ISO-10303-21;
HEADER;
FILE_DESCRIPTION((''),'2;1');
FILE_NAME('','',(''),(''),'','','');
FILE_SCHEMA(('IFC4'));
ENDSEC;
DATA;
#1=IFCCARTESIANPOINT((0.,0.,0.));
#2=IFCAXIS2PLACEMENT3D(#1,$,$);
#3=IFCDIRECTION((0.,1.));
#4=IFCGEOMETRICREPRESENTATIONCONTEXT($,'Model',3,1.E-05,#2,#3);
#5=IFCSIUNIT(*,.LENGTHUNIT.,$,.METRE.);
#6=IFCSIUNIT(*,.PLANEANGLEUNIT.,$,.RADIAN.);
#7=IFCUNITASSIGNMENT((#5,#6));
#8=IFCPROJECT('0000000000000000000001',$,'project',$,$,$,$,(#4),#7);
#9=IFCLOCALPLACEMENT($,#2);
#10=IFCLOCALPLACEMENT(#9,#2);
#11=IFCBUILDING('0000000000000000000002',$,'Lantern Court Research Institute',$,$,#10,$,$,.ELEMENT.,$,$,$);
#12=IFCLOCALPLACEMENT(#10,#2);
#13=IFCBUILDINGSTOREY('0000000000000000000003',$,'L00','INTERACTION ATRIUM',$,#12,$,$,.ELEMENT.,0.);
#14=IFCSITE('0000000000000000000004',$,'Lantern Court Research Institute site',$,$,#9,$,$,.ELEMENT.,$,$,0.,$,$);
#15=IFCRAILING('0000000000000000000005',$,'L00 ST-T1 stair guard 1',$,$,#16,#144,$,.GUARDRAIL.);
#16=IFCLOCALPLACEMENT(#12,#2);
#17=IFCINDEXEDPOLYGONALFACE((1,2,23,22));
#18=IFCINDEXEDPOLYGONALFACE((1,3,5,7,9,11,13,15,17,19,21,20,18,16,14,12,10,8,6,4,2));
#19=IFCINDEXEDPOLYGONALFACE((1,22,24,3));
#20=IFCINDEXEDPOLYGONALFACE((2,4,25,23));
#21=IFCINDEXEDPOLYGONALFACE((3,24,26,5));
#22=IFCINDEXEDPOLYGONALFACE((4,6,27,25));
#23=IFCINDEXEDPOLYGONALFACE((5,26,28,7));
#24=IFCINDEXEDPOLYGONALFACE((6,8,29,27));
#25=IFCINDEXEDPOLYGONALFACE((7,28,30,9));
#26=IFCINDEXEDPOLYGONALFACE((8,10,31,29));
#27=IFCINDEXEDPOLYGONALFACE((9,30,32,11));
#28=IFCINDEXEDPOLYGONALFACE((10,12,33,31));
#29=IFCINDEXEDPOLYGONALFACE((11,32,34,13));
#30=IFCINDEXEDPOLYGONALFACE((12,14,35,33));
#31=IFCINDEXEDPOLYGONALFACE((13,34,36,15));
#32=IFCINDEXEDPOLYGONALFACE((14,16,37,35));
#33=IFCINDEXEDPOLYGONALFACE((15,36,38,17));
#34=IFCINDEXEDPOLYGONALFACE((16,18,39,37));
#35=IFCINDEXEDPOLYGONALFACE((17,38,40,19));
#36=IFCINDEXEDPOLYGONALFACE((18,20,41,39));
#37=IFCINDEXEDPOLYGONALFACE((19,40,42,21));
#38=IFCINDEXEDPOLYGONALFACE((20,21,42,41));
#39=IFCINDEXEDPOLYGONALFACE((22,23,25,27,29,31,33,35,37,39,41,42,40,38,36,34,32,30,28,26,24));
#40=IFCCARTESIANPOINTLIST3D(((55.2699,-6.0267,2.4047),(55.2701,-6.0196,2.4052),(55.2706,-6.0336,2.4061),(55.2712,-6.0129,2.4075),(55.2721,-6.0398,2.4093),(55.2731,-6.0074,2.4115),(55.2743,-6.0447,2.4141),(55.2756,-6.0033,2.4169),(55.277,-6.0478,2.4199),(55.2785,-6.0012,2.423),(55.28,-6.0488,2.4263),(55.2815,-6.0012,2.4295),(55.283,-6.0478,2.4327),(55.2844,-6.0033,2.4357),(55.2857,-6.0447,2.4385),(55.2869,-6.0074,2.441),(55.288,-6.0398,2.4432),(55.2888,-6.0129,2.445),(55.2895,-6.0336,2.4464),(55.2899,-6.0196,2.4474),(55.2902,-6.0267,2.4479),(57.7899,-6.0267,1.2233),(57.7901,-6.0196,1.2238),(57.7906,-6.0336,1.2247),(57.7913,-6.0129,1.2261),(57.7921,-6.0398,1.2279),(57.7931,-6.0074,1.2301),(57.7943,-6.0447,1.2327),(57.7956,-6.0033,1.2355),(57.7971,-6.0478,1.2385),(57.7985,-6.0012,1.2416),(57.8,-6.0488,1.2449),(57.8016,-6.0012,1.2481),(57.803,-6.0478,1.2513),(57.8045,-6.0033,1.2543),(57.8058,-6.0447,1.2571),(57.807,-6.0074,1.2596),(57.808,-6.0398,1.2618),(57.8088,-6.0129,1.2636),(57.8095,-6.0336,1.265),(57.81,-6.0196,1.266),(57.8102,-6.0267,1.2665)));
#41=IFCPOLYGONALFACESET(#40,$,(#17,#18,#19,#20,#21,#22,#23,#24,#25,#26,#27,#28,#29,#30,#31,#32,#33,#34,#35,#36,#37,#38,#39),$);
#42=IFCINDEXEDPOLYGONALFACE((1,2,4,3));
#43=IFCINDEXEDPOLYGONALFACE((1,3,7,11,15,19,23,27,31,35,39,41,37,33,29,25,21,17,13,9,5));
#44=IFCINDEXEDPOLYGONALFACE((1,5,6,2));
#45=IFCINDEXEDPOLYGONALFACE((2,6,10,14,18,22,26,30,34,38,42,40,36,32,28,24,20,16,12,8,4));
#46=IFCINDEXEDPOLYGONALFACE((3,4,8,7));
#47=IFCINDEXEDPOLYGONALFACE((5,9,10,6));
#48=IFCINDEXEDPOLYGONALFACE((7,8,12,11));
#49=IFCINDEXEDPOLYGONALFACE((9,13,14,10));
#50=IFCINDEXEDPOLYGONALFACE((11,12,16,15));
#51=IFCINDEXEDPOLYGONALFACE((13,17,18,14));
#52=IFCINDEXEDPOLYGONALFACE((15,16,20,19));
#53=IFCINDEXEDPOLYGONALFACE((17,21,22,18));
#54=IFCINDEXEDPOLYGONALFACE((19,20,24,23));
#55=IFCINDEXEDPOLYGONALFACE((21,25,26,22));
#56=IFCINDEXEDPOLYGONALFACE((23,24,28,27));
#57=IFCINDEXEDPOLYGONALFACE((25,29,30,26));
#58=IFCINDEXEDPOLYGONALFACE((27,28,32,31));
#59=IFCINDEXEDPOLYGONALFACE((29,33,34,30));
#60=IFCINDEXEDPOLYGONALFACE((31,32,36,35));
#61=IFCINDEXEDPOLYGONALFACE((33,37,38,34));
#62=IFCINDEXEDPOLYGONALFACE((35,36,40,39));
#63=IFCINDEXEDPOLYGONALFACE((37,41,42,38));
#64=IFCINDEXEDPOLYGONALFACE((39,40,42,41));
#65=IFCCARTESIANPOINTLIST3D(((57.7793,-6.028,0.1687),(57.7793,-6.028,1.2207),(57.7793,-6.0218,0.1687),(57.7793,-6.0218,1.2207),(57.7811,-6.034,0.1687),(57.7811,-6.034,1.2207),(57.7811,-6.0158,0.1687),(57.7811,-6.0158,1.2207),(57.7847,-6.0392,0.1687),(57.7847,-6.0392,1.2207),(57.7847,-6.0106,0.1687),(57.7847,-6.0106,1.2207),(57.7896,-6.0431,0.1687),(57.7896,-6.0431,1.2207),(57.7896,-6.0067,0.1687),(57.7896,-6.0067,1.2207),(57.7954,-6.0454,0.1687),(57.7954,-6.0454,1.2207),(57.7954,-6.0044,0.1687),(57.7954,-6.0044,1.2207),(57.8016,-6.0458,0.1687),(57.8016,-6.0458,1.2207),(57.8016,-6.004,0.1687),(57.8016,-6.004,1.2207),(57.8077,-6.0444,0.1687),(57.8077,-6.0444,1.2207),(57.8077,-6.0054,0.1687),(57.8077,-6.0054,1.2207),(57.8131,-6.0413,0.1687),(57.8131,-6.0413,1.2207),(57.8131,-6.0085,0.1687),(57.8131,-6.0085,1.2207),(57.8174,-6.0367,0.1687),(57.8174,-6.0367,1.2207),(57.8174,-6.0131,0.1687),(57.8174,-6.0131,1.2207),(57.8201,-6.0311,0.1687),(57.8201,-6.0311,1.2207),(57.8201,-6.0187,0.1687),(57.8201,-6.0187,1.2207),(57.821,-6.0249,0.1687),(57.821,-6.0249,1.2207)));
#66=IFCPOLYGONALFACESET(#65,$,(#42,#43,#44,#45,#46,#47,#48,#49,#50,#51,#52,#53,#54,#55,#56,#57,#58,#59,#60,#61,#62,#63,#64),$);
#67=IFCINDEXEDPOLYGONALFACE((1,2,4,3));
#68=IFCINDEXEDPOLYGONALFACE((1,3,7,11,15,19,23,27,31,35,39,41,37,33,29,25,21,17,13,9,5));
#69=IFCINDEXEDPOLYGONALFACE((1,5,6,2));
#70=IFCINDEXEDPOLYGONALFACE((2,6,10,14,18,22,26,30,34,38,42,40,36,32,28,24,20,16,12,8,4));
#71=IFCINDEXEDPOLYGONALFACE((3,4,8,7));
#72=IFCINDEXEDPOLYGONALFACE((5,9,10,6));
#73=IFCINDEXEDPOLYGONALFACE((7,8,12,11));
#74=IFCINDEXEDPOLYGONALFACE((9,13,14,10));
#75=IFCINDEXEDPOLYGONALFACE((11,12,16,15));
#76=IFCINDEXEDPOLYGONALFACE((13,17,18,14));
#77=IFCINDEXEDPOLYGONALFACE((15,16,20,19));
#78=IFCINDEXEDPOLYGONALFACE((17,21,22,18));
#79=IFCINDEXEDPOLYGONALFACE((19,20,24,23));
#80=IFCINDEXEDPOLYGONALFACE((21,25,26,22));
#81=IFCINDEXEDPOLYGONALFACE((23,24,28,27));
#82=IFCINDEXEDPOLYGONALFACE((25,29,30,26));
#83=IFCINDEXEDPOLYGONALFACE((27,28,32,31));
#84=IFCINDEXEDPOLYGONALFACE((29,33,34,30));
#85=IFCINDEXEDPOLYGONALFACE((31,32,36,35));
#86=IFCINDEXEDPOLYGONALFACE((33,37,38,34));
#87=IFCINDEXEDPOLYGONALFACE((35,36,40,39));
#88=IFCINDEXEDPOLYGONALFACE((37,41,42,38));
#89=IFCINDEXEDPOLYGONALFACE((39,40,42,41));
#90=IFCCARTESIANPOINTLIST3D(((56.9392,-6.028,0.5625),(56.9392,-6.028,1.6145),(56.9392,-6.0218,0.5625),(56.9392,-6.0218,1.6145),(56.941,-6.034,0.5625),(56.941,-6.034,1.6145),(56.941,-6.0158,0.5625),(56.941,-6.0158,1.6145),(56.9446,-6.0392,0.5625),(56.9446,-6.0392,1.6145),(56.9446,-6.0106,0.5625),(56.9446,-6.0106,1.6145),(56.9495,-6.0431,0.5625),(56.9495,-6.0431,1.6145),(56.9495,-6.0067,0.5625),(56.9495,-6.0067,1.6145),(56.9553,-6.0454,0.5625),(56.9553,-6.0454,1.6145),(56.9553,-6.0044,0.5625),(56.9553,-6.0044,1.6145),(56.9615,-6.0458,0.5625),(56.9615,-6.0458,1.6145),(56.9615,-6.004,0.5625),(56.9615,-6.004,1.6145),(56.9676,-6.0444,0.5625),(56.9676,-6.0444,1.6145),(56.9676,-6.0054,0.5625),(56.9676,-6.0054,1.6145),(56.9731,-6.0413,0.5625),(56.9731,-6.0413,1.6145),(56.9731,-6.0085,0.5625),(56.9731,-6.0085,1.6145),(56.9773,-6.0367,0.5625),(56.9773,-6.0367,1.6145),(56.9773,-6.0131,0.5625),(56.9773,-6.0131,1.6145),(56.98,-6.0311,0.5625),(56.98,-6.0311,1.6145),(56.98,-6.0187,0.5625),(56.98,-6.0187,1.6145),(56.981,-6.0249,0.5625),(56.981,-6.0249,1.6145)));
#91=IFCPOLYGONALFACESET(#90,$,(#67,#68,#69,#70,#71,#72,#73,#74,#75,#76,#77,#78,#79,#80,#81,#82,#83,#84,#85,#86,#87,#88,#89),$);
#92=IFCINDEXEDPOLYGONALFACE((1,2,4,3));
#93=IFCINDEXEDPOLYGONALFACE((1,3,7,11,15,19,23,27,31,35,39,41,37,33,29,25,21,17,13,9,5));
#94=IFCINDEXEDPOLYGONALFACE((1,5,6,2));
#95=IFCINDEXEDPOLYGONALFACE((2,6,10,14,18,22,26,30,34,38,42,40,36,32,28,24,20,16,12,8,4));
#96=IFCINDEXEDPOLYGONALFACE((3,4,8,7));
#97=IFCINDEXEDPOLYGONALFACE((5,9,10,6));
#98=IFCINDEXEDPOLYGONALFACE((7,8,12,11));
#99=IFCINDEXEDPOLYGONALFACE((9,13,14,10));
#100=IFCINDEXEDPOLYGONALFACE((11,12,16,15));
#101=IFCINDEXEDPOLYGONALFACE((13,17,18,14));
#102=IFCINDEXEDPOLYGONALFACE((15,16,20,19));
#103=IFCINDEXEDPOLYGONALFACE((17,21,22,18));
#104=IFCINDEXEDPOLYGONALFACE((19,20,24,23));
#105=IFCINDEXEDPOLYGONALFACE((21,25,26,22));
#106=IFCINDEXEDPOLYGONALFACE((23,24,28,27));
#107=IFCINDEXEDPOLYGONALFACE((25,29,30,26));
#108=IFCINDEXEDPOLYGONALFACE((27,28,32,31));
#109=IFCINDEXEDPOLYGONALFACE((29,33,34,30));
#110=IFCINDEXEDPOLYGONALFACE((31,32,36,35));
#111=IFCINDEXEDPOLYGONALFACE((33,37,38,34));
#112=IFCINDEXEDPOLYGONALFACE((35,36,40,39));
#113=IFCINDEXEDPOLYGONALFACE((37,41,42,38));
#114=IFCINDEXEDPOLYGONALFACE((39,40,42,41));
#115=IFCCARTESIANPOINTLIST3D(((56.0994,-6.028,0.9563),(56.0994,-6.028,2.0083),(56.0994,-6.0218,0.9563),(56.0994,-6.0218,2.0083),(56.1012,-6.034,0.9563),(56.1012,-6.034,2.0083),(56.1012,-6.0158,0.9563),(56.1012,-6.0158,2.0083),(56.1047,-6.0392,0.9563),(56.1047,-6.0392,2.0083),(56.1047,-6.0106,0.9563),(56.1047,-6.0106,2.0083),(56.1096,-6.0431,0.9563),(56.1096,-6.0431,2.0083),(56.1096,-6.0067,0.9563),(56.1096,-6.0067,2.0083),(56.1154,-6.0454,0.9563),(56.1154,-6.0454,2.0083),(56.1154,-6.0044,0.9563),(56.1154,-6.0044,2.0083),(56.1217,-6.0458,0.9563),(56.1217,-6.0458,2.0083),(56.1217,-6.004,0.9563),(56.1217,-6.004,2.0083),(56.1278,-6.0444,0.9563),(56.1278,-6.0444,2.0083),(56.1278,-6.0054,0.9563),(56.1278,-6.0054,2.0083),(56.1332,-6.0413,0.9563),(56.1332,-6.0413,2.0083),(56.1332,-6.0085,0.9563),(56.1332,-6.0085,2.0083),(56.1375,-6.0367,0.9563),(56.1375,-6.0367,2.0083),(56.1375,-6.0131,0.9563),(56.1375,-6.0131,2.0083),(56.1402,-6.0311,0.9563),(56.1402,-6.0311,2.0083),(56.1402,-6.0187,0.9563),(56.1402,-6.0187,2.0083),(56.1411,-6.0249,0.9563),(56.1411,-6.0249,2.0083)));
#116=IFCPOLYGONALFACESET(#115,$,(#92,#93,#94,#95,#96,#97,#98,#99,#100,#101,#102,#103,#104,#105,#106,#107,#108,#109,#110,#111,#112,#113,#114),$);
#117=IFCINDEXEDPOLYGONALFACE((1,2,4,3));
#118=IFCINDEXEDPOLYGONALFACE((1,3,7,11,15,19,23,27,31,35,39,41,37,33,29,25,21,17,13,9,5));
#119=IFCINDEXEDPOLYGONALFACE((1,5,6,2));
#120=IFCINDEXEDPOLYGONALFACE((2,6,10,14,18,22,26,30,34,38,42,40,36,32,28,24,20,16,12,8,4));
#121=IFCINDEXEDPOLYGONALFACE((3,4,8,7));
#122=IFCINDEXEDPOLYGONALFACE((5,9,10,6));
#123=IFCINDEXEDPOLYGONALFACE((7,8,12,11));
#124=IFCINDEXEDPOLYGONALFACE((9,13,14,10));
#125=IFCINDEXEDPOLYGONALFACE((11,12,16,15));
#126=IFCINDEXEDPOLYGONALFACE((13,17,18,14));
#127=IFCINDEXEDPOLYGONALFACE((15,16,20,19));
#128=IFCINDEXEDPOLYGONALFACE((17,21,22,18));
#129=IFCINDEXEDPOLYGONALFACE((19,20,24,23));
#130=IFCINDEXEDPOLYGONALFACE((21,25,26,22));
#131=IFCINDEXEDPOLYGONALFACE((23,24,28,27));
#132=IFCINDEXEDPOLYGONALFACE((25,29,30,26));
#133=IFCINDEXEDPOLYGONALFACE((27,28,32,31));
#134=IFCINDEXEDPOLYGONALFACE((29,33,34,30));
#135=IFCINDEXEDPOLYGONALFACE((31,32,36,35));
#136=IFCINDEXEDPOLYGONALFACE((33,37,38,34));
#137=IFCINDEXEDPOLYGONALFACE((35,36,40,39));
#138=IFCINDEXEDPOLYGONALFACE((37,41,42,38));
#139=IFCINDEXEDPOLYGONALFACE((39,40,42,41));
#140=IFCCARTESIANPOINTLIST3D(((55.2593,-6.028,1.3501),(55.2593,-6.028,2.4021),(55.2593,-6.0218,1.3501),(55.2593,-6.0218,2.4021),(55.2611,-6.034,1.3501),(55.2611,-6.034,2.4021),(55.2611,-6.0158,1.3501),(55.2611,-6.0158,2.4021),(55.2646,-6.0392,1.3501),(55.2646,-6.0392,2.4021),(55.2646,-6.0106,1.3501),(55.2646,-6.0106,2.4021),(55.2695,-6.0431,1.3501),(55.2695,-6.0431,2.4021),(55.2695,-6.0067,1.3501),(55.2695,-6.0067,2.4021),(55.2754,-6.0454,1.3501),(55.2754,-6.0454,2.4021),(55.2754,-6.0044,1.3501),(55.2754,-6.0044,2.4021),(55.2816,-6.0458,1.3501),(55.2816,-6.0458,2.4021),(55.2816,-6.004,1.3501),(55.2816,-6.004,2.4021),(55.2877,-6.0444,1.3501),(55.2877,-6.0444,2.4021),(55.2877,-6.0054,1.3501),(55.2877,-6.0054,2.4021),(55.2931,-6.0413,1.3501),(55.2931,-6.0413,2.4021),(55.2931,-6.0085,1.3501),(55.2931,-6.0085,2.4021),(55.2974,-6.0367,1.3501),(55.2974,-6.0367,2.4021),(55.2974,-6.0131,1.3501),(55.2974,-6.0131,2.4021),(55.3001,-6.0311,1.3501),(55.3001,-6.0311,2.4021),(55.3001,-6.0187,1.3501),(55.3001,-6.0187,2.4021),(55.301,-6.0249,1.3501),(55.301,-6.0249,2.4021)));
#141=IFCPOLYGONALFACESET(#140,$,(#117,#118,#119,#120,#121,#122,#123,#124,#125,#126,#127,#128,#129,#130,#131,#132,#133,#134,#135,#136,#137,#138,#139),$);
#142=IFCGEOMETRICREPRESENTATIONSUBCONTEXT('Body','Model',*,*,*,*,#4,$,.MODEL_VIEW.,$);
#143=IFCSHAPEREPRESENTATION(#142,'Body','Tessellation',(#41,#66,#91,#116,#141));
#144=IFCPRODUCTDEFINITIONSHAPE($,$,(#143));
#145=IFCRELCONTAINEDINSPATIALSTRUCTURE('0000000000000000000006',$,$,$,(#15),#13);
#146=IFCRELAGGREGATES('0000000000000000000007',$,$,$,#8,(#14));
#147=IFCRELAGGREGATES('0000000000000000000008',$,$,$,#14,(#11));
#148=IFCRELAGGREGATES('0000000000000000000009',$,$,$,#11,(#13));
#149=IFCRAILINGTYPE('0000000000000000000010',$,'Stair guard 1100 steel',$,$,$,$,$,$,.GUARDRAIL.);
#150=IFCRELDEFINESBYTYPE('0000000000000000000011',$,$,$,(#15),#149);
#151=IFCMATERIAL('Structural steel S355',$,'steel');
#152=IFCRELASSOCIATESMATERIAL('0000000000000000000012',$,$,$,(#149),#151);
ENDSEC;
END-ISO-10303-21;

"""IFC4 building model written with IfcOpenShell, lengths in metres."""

from ifc_helpers import new_model, si_unit, direction, frame, origin, origin_2d, place, context, subcontext, project, spatial, circle, extrude, material, type_object, element, save


model = new_model("IFC4")

# Units and contexts
model_context = context("Model", 3, precision=1e-05, world=origin(), true_north=direction((0.0, 1.0)))
body_context = subcontext(model_context, "Body", "Model", "MODEL_VIEW")
ifc_project = project(units=[si_unit("LENGTHUNIT", "METRE"), si_unit("PLANEANGLEUNIT", "RADIAN")], contexts=[model_context])

# Site, building, storey
site_placement = place(None, origin())
site = spatial("IfcSite", under=ifc_project, at=site_placement, Name="Lantern Court Research Institute site", CompositionType="ELEMENT", RefElevation=0.0)
building_placement = place(site_placement, origin())
building = spatial("IfcBuilding", under=site, at=building_placement, Name="Lantern Court Research Institute", CompositionType="ELEMENT")
storey_placement = place(building_placement, origin())
storey = spatial("IfcBuildingStorey", under=building, at=storey_placement, Name="L00", Description="INTERACTION ATRIUM", CompositionType="ELEMENT", Elevation=0.0)

# Railing
ifc_material_1 = material(Name="Structural steel S355", Category="steel")
railing_type_1 = type_object("IfcRailingType", Name="Stair guard 1100 steel", PredefinedType="GUARDRAIL", material=ifc_material_1)
railing_1_placement = place(storey_placement, frame((57.8, -6.0249, 0.1687)))
element("IfcRailing", 1, at=railing_1_placement, inside=storey, type_object=railing_type_1, Name="L00 ST-T1 stair guard 1", PredefinedType="GUARDRAIL", context=body_context, shape_type="SweptSolid", body=[
    extrude(circle(Radius=0.0239, at=origin_2d()), frame((0.0, 0.0, 1.0762), z_axis=(-0.90544, 0.0, 0.424474), x_axis=(0.0, -1.0, 0.0)), (0.0, 0.0, 1.0), 2.7832),
    extrude(circle(Radius=0.021, at=origin_2d()), origin(), (0.0, 0.0, 1.0), 1.052),
    extrude(circle(Radius=0.021, at=origin_2d()), frame((-0.8401, 0.0, 0.3938)), (0.0, 0.0, 1.0), 1.052),
    extrude(circle(Radius=0.021, at=origin_2d()), frame((-1.6799, 0.0, 0.7876)), (0.0, 0.0, 1.0), 1.052),
    extrude(circle(Radius=0.021, at=origin_2d()), frame((-2.52, 0.0, 1.1814)), (0.0, 0.0, 1.0), 1.052),
])

save(model, "model.ifc")
